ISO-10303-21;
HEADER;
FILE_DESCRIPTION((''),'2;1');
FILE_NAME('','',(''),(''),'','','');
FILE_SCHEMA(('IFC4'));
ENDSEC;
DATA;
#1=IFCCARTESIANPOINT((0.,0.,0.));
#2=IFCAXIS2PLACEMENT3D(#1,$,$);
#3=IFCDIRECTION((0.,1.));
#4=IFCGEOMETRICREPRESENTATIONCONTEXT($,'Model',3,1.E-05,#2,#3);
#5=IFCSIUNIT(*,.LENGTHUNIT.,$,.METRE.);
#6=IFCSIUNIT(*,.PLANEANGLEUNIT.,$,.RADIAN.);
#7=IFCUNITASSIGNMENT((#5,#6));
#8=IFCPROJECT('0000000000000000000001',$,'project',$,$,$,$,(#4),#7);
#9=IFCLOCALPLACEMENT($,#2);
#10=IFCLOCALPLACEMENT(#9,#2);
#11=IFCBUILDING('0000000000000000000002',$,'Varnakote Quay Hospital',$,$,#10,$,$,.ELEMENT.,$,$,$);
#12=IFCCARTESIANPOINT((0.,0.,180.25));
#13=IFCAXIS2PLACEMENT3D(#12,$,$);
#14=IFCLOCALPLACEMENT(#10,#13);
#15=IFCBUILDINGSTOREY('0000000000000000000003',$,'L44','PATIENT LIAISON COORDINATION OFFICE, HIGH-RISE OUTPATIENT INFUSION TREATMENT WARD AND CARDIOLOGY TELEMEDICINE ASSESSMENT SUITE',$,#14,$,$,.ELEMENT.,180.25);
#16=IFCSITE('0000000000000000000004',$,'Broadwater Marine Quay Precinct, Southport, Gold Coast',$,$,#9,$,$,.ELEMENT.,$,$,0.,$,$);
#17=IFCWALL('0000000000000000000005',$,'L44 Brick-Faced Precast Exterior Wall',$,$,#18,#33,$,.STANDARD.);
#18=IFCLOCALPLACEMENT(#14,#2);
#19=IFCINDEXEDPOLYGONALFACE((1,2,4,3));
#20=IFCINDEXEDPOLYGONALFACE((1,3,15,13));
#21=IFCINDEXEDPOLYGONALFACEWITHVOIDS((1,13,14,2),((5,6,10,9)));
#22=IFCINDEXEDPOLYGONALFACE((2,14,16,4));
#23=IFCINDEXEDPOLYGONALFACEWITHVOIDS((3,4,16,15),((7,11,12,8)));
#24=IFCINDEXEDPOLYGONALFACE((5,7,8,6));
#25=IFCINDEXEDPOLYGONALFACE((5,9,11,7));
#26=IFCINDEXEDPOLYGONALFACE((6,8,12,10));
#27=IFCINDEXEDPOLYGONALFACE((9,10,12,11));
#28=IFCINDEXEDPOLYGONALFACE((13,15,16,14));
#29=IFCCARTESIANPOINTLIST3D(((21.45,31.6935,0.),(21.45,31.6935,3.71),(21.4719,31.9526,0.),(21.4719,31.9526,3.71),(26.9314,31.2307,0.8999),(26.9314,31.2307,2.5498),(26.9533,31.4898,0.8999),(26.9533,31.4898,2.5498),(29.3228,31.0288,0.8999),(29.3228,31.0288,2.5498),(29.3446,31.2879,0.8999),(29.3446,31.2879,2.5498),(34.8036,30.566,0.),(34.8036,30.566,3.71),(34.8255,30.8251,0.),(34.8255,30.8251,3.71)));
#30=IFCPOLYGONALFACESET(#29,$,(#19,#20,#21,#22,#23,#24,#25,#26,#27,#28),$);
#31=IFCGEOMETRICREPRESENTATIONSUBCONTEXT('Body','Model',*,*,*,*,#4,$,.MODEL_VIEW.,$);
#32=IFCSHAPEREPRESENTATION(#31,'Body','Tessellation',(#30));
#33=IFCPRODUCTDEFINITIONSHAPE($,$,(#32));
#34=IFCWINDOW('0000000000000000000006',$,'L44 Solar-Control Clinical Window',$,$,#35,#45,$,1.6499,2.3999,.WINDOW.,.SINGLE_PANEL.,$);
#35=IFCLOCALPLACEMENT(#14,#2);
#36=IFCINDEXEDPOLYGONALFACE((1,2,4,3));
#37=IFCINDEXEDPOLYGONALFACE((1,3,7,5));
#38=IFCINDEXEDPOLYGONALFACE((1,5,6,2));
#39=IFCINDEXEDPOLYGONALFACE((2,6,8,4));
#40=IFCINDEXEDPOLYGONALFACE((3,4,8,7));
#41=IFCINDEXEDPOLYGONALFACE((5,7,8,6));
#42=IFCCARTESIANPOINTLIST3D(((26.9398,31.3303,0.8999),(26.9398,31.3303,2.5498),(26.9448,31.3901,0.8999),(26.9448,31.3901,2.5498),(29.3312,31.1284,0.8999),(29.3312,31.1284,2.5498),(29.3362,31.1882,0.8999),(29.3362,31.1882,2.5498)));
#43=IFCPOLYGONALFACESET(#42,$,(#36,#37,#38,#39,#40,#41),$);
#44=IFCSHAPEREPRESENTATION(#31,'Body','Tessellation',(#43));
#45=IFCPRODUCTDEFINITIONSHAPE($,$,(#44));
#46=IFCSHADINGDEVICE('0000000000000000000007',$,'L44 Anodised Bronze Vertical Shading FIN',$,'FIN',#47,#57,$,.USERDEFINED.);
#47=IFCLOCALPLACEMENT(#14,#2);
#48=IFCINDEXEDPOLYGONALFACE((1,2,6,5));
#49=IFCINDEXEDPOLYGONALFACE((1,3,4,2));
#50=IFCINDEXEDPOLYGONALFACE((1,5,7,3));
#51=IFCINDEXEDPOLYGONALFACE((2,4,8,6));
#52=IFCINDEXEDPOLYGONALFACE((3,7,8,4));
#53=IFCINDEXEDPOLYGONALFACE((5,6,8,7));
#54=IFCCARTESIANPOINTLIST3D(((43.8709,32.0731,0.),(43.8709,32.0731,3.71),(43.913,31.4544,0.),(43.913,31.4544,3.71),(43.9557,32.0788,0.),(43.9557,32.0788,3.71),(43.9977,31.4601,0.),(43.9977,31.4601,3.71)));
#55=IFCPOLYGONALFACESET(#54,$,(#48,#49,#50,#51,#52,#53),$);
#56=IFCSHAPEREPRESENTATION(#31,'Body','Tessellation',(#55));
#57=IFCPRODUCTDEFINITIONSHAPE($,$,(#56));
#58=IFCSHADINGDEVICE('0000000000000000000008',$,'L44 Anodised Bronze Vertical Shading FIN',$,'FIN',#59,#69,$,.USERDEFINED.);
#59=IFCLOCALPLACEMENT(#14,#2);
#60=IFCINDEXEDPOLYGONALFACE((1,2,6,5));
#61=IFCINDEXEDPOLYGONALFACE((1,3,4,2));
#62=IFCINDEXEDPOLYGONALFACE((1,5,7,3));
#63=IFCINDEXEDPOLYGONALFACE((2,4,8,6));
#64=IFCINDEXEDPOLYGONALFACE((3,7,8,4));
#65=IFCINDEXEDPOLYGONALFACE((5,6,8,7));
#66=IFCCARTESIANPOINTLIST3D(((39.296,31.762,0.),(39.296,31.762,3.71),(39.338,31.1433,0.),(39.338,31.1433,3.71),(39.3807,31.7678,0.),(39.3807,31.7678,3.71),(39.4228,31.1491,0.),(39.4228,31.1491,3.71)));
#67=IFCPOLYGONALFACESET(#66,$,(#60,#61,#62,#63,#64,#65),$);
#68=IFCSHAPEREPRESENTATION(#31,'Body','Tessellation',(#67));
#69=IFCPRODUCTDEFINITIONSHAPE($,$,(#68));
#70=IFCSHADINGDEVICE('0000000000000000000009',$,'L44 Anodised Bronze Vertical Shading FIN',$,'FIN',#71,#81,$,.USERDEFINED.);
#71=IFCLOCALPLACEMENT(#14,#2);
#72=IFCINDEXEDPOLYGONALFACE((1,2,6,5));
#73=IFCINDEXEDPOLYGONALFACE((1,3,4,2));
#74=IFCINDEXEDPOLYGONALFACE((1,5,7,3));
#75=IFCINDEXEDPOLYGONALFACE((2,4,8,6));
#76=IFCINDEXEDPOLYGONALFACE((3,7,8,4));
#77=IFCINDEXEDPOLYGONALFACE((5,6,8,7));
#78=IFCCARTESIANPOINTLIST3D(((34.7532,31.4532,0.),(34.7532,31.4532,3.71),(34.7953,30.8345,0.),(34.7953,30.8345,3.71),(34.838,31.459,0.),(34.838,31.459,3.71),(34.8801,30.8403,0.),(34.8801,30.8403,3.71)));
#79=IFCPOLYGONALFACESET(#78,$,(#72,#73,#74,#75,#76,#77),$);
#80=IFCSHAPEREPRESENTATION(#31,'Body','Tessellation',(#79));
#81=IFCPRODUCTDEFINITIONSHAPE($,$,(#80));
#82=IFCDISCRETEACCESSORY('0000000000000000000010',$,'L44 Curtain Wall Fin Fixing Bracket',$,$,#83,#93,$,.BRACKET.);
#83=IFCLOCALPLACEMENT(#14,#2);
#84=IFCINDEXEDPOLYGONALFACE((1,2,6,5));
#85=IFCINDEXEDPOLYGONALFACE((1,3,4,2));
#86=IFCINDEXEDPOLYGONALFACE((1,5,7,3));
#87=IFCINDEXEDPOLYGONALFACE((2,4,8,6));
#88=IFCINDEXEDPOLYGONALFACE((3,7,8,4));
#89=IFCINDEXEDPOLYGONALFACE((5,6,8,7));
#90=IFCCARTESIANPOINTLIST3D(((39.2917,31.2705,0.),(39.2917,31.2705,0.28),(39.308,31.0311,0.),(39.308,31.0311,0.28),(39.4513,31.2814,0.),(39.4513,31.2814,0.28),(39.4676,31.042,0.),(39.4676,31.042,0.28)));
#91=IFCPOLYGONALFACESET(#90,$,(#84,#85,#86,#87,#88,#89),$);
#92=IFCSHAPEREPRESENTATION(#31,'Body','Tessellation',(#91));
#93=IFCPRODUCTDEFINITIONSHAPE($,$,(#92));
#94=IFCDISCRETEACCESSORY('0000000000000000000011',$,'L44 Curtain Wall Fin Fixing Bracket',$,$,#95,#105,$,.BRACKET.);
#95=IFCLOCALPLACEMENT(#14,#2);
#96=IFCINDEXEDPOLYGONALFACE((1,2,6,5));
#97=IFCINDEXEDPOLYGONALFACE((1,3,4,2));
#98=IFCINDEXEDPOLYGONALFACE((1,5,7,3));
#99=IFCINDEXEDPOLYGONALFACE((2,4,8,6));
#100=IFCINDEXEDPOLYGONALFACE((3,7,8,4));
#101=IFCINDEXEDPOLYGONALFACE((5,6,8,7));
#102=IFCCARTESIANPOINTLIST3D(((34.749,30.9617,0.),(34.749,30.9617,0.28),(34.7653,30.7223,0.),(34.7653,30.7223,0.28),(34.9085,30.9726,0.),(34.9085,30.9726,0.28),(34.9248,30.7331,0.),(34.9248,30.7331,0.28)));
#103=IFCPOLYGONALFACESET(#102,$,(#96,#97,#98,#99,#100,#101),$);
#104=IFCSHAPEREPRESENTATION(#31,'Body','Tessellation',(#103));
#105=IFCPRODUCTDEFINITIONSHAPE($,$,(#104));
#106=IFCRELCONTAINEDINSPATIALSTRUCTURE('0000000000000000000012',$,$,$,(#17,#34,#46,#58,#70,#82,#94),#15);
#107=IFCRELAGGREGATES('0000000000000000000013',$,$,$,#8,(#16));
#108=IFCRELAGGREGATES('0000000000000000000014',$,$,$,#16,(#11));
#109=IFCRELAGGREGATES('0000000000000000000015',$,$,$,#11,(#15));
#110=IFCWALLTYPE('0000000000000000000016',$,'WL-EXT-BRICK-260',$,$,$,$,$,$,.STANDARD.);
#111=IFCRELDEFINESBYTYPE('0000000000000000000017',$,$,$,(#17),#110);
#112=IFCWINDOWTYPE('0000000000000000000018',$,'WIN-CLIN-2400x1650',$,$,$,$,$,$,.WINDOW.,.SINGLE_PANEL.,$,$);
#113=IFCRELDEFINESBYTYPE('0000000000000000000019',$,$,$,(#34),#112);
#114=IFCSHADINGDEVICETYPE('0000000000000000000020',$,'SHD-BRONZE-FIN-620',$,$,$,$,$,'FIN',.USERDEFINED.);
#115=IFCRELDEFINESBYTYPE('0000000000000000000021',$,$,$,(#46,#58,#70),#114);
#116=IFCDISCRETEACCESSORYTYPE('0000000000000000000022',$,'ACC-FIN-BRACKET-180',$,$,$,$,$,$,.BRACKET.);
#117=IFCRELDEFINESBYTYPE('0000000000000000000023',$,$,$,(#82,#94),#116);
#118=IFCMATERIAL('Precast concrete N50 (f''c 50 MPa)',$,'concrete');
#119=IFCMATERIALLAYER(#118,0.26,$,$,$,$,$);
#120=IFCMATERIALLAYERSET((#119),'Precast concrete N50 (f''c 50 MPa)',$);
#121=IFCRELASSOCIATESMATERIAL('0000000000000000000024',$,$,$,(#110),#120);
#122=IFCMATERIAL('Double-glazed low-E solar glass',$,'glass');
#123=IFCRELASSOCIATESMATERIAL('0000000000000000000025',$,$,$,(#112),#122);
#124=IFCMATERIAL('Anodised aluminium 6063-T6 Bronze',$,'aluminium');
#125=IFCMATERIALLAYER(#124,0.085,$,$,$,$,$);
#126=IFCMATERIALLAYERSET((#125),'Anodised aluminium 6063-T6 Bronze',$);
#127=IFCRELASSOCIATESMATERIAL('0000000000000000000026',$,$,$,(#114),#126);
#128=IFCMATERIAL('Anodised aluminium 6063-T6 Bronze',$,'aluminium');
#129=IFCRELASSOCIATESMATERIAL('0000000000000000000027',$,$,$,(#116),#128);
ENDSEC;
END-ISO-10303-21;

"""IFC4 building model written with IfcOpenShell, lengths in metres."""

from ifc_helpers import new_model, si_unit, direction, frame, frame_2d, origin, origin_2d, place, context, subcontext, project, spatial, rectangle, extrude, material, layer, layer_set, type_object, element, fill, save


model = new_model("IFC4")

# Units and contexts
model_context = context("Model", 3, precision=1e-05, world=origin(), true_north=direction((0.0, 1.0)))
body_context = subcontext(model_context, "Body", "Model", "MODEL_VIEW")
ifc_project = project(units=[si_unit("LENGTHUNIT", "METRE"), si_unit("PLANEANGLEUNIT", "RADIAN")], contexts=[model_context])

# Site, building, storey
site_placement = place(None, origin())
site = spatial("IfcSite", under=ifc_project, at=site_placement, Name="Broadwater Marine Quay Precinct, Southport, Gold Coast", CompositionType="ELEMENT", RefElevation=0.0)
building_placement = place(site_placement, origin())
building = spatial("IfcBuilding", under=site, at=building_placement, Name="Varnakote Quay Hospital", CompositionType="ELEMENT")
storey_placement = place(building_placement, frame((0.0, 0.0, 180.25)))
storey = spatial("IfcBuildingStorey", under=building, at=storey_placement, Name="L44", Description="PATIENT LIAISON COORDINATION OFFICE, HIGH-RISE OUTPATIENT INFUSION TREATMENT WARD AND CARDIOLOGY TELEMEDICINE ASSESSMENT SUITE", CompositionType="ELEMENT", Elevation=180.25)

# Wall, opening, window
ifc_material_1 = material(Name="Precast concrete N50 (f'c 50 MPa)", Category="concrete")
ifc_layer_1 = layer(ifc_material_1, 0.26)
ifc_layer_set_1 = layer_set([ifc_layer_1], Name="Precast concrete N50 (f'c 50 MPa)")
wall_type = type_object("IfcWallType", Name="WL-EXT-BRICK-260", PredefinedType="STANDARD", material=ifc_layer_set_1)
wall_placement = place(storey_placement, frame((34.8147, 30.6956, 0.0), z_axis=(0.0, 0.0, 1.0), x_axis=(-0.996455, 0.084131, 0.0)))
wall = element("IfcWall", 1, at=wall_placement, inside=storey, type_object=wall_type, Name="L44 Brick-Faced Precast Exterior Wall", PredefinedType="STANDARD", context=body_context, shape_type="SweptSolid", body=[
    extrude(rectangle(XDim=13.4011, YDim=0.26, at=frame_2d((6.7007, 0.0))), origin(), (0.0, 0.0, 1.0), 3.71),
])
opening_placement = place(wall_placement, frame((5.5005, 0.0, 0.8999)))
opening = element("IfcOpeningElement", 2, at=opening_placement, cuts=wall, PredefinedType="OPENING", context=body_context, shape_type="SweptSolid", body=[
    extrude(rectangle(XDim=2.3999, YDim=1.6499, at=frame_2d((1.2, 0.825))), frame((0.0, 0.1399, 0.0), z_axis=(0.0, -1.0, 0.0), x_axis=(1.0, 0.0, 0.0)), (0.0, 0.0, 1.0), 0.28),
])
ifc_material_2 = material(Name="Double-glazed low-E solar glass", Category="glass")
window_type = type_object("IfcWindowType", Name="WIN-CLIN-2400x1650", PartitioningType="SINGLE_PANEL", PredefinedType="WINDOW", material=ifc_material_2)
window_placement = place(opening_placement, origin())
window = element("IfcWindow", 3, at=window_placement, inside=storey, type_object=window_type, Name="L44 Solar-Control Clinical Window", OverallHeight=1.6499, OverallWidth=2.3999, PartitioningType="SINGLE_PANEL", PredefinedType="WINDOW", context=body_context, shape_type="SweptSolid", body=[
    extrude(rectangle(XDim=2.3999, YDim=1.6499, at=frame_2d((1.2, 0.825))), frame((0.0, 0.03, 0.0), z_axis=(0.0, -1.0, 0.0), x_axis=(1.0, 0.0, 0.0)), (0.0, 0.0, 1.0), 0.0601),
])
fill(opening, window)

# Shading devices
ifc_material_3 = material(Name="Anodised aluminium 6063-T6 Bronze", Category="aluminium")
ifc_layer_2 = layer(ifc_material_3, 0.085)
ifc_layer_set_2 = layer_set([ifc_layer_2], Name="Anodised aluminium 6063-T6 Bronze")
shading_device_type = type_object("IfcShadingDeviceType", Name="SHD-BRONZE-FIN-620", ElementType="FIN", PredefinedType="USERDEFINED", material=ifc_layer_set_2)
for number, where, z_axis, x_axis, name in (
    (4, (43.9343, 31.7666, 0.0), (0.0, 0.0, 1.0), (0.067841, -0.997696, 0.0), "L44 Anodised Bronze Vertical Shading FIN"),
    (5, (39.3594, 31.4556, 0.0), (0.0, 0.0, 1.0), (0.067841, -0.997696, 0.0), "L44 Anodised Bronze Vertical Shading FIN"),
    (6, (34.8167, 31.1467, 0.0), (0.0, 0.0, 1.0), (0.067841, -0.997696, 0.0), "L44 Anodised Bronze Vertical Shading FIN"),
):
    element("IfcShadingDevice", number, at=place(storey_placement, frame(where, z_axis=z_axis, x_axis=x_axis)), inside=storey, type_object=shading_device_type, Name=name, ObjectType="FIN", PredefinedType="USERDEFINED", context=body_context, shape_type="SweptSolid", body=[
        extrude(rectangle(XDim=0.6201, YDim=0.085, at=origin_2d()), origin(), (0.0, 0.0, 1.0), 3.71),
    ])

# Discrete accessories
ifc_material_4 = material(Name="Anodised aluminium 6063-T6 Bronze", Category="aluminium")
discrete_accessory_type = type_object("IfcDiscreteAccessoryType", Name="ACC-FIN-BRACKET-180", PredefinedType="BRACKET", material=ifc_material_4)
for number, where, z_axis, x_axis, name in (
    (7, (39.3796, 31.1562, 0.0), (0.0, 0.0, 1.0), (-0.997696, -0.067841, 0.0), "L44 Curtain Wall Fin Fixing Bracket"),
    (8, (34.8369, 30.8474, 0.0), (0.0, 0.0, 1.0), (-0.997696, -0.067841, 0.0), "L44 Curtain Wall Fin Fixing Bracket"),
):
    element("IfcDiscreteAccessory", number, at=place(storey_placement, frame(where, z_axis=z_axis, x_axis=x_axis)), inside=storey, type_object=discrete_accessory_type, Name=name, PredefinedType="BRACKET", context=body_context, shape_type="SweptSolid", body=[
        extrude(rectangle(XDim=0.1599, YDim=0.24, at=origin_2d()), origin(), (0.0, 0.0, 1.0), 0.28),
    ])

save(model, "model.ifc")
